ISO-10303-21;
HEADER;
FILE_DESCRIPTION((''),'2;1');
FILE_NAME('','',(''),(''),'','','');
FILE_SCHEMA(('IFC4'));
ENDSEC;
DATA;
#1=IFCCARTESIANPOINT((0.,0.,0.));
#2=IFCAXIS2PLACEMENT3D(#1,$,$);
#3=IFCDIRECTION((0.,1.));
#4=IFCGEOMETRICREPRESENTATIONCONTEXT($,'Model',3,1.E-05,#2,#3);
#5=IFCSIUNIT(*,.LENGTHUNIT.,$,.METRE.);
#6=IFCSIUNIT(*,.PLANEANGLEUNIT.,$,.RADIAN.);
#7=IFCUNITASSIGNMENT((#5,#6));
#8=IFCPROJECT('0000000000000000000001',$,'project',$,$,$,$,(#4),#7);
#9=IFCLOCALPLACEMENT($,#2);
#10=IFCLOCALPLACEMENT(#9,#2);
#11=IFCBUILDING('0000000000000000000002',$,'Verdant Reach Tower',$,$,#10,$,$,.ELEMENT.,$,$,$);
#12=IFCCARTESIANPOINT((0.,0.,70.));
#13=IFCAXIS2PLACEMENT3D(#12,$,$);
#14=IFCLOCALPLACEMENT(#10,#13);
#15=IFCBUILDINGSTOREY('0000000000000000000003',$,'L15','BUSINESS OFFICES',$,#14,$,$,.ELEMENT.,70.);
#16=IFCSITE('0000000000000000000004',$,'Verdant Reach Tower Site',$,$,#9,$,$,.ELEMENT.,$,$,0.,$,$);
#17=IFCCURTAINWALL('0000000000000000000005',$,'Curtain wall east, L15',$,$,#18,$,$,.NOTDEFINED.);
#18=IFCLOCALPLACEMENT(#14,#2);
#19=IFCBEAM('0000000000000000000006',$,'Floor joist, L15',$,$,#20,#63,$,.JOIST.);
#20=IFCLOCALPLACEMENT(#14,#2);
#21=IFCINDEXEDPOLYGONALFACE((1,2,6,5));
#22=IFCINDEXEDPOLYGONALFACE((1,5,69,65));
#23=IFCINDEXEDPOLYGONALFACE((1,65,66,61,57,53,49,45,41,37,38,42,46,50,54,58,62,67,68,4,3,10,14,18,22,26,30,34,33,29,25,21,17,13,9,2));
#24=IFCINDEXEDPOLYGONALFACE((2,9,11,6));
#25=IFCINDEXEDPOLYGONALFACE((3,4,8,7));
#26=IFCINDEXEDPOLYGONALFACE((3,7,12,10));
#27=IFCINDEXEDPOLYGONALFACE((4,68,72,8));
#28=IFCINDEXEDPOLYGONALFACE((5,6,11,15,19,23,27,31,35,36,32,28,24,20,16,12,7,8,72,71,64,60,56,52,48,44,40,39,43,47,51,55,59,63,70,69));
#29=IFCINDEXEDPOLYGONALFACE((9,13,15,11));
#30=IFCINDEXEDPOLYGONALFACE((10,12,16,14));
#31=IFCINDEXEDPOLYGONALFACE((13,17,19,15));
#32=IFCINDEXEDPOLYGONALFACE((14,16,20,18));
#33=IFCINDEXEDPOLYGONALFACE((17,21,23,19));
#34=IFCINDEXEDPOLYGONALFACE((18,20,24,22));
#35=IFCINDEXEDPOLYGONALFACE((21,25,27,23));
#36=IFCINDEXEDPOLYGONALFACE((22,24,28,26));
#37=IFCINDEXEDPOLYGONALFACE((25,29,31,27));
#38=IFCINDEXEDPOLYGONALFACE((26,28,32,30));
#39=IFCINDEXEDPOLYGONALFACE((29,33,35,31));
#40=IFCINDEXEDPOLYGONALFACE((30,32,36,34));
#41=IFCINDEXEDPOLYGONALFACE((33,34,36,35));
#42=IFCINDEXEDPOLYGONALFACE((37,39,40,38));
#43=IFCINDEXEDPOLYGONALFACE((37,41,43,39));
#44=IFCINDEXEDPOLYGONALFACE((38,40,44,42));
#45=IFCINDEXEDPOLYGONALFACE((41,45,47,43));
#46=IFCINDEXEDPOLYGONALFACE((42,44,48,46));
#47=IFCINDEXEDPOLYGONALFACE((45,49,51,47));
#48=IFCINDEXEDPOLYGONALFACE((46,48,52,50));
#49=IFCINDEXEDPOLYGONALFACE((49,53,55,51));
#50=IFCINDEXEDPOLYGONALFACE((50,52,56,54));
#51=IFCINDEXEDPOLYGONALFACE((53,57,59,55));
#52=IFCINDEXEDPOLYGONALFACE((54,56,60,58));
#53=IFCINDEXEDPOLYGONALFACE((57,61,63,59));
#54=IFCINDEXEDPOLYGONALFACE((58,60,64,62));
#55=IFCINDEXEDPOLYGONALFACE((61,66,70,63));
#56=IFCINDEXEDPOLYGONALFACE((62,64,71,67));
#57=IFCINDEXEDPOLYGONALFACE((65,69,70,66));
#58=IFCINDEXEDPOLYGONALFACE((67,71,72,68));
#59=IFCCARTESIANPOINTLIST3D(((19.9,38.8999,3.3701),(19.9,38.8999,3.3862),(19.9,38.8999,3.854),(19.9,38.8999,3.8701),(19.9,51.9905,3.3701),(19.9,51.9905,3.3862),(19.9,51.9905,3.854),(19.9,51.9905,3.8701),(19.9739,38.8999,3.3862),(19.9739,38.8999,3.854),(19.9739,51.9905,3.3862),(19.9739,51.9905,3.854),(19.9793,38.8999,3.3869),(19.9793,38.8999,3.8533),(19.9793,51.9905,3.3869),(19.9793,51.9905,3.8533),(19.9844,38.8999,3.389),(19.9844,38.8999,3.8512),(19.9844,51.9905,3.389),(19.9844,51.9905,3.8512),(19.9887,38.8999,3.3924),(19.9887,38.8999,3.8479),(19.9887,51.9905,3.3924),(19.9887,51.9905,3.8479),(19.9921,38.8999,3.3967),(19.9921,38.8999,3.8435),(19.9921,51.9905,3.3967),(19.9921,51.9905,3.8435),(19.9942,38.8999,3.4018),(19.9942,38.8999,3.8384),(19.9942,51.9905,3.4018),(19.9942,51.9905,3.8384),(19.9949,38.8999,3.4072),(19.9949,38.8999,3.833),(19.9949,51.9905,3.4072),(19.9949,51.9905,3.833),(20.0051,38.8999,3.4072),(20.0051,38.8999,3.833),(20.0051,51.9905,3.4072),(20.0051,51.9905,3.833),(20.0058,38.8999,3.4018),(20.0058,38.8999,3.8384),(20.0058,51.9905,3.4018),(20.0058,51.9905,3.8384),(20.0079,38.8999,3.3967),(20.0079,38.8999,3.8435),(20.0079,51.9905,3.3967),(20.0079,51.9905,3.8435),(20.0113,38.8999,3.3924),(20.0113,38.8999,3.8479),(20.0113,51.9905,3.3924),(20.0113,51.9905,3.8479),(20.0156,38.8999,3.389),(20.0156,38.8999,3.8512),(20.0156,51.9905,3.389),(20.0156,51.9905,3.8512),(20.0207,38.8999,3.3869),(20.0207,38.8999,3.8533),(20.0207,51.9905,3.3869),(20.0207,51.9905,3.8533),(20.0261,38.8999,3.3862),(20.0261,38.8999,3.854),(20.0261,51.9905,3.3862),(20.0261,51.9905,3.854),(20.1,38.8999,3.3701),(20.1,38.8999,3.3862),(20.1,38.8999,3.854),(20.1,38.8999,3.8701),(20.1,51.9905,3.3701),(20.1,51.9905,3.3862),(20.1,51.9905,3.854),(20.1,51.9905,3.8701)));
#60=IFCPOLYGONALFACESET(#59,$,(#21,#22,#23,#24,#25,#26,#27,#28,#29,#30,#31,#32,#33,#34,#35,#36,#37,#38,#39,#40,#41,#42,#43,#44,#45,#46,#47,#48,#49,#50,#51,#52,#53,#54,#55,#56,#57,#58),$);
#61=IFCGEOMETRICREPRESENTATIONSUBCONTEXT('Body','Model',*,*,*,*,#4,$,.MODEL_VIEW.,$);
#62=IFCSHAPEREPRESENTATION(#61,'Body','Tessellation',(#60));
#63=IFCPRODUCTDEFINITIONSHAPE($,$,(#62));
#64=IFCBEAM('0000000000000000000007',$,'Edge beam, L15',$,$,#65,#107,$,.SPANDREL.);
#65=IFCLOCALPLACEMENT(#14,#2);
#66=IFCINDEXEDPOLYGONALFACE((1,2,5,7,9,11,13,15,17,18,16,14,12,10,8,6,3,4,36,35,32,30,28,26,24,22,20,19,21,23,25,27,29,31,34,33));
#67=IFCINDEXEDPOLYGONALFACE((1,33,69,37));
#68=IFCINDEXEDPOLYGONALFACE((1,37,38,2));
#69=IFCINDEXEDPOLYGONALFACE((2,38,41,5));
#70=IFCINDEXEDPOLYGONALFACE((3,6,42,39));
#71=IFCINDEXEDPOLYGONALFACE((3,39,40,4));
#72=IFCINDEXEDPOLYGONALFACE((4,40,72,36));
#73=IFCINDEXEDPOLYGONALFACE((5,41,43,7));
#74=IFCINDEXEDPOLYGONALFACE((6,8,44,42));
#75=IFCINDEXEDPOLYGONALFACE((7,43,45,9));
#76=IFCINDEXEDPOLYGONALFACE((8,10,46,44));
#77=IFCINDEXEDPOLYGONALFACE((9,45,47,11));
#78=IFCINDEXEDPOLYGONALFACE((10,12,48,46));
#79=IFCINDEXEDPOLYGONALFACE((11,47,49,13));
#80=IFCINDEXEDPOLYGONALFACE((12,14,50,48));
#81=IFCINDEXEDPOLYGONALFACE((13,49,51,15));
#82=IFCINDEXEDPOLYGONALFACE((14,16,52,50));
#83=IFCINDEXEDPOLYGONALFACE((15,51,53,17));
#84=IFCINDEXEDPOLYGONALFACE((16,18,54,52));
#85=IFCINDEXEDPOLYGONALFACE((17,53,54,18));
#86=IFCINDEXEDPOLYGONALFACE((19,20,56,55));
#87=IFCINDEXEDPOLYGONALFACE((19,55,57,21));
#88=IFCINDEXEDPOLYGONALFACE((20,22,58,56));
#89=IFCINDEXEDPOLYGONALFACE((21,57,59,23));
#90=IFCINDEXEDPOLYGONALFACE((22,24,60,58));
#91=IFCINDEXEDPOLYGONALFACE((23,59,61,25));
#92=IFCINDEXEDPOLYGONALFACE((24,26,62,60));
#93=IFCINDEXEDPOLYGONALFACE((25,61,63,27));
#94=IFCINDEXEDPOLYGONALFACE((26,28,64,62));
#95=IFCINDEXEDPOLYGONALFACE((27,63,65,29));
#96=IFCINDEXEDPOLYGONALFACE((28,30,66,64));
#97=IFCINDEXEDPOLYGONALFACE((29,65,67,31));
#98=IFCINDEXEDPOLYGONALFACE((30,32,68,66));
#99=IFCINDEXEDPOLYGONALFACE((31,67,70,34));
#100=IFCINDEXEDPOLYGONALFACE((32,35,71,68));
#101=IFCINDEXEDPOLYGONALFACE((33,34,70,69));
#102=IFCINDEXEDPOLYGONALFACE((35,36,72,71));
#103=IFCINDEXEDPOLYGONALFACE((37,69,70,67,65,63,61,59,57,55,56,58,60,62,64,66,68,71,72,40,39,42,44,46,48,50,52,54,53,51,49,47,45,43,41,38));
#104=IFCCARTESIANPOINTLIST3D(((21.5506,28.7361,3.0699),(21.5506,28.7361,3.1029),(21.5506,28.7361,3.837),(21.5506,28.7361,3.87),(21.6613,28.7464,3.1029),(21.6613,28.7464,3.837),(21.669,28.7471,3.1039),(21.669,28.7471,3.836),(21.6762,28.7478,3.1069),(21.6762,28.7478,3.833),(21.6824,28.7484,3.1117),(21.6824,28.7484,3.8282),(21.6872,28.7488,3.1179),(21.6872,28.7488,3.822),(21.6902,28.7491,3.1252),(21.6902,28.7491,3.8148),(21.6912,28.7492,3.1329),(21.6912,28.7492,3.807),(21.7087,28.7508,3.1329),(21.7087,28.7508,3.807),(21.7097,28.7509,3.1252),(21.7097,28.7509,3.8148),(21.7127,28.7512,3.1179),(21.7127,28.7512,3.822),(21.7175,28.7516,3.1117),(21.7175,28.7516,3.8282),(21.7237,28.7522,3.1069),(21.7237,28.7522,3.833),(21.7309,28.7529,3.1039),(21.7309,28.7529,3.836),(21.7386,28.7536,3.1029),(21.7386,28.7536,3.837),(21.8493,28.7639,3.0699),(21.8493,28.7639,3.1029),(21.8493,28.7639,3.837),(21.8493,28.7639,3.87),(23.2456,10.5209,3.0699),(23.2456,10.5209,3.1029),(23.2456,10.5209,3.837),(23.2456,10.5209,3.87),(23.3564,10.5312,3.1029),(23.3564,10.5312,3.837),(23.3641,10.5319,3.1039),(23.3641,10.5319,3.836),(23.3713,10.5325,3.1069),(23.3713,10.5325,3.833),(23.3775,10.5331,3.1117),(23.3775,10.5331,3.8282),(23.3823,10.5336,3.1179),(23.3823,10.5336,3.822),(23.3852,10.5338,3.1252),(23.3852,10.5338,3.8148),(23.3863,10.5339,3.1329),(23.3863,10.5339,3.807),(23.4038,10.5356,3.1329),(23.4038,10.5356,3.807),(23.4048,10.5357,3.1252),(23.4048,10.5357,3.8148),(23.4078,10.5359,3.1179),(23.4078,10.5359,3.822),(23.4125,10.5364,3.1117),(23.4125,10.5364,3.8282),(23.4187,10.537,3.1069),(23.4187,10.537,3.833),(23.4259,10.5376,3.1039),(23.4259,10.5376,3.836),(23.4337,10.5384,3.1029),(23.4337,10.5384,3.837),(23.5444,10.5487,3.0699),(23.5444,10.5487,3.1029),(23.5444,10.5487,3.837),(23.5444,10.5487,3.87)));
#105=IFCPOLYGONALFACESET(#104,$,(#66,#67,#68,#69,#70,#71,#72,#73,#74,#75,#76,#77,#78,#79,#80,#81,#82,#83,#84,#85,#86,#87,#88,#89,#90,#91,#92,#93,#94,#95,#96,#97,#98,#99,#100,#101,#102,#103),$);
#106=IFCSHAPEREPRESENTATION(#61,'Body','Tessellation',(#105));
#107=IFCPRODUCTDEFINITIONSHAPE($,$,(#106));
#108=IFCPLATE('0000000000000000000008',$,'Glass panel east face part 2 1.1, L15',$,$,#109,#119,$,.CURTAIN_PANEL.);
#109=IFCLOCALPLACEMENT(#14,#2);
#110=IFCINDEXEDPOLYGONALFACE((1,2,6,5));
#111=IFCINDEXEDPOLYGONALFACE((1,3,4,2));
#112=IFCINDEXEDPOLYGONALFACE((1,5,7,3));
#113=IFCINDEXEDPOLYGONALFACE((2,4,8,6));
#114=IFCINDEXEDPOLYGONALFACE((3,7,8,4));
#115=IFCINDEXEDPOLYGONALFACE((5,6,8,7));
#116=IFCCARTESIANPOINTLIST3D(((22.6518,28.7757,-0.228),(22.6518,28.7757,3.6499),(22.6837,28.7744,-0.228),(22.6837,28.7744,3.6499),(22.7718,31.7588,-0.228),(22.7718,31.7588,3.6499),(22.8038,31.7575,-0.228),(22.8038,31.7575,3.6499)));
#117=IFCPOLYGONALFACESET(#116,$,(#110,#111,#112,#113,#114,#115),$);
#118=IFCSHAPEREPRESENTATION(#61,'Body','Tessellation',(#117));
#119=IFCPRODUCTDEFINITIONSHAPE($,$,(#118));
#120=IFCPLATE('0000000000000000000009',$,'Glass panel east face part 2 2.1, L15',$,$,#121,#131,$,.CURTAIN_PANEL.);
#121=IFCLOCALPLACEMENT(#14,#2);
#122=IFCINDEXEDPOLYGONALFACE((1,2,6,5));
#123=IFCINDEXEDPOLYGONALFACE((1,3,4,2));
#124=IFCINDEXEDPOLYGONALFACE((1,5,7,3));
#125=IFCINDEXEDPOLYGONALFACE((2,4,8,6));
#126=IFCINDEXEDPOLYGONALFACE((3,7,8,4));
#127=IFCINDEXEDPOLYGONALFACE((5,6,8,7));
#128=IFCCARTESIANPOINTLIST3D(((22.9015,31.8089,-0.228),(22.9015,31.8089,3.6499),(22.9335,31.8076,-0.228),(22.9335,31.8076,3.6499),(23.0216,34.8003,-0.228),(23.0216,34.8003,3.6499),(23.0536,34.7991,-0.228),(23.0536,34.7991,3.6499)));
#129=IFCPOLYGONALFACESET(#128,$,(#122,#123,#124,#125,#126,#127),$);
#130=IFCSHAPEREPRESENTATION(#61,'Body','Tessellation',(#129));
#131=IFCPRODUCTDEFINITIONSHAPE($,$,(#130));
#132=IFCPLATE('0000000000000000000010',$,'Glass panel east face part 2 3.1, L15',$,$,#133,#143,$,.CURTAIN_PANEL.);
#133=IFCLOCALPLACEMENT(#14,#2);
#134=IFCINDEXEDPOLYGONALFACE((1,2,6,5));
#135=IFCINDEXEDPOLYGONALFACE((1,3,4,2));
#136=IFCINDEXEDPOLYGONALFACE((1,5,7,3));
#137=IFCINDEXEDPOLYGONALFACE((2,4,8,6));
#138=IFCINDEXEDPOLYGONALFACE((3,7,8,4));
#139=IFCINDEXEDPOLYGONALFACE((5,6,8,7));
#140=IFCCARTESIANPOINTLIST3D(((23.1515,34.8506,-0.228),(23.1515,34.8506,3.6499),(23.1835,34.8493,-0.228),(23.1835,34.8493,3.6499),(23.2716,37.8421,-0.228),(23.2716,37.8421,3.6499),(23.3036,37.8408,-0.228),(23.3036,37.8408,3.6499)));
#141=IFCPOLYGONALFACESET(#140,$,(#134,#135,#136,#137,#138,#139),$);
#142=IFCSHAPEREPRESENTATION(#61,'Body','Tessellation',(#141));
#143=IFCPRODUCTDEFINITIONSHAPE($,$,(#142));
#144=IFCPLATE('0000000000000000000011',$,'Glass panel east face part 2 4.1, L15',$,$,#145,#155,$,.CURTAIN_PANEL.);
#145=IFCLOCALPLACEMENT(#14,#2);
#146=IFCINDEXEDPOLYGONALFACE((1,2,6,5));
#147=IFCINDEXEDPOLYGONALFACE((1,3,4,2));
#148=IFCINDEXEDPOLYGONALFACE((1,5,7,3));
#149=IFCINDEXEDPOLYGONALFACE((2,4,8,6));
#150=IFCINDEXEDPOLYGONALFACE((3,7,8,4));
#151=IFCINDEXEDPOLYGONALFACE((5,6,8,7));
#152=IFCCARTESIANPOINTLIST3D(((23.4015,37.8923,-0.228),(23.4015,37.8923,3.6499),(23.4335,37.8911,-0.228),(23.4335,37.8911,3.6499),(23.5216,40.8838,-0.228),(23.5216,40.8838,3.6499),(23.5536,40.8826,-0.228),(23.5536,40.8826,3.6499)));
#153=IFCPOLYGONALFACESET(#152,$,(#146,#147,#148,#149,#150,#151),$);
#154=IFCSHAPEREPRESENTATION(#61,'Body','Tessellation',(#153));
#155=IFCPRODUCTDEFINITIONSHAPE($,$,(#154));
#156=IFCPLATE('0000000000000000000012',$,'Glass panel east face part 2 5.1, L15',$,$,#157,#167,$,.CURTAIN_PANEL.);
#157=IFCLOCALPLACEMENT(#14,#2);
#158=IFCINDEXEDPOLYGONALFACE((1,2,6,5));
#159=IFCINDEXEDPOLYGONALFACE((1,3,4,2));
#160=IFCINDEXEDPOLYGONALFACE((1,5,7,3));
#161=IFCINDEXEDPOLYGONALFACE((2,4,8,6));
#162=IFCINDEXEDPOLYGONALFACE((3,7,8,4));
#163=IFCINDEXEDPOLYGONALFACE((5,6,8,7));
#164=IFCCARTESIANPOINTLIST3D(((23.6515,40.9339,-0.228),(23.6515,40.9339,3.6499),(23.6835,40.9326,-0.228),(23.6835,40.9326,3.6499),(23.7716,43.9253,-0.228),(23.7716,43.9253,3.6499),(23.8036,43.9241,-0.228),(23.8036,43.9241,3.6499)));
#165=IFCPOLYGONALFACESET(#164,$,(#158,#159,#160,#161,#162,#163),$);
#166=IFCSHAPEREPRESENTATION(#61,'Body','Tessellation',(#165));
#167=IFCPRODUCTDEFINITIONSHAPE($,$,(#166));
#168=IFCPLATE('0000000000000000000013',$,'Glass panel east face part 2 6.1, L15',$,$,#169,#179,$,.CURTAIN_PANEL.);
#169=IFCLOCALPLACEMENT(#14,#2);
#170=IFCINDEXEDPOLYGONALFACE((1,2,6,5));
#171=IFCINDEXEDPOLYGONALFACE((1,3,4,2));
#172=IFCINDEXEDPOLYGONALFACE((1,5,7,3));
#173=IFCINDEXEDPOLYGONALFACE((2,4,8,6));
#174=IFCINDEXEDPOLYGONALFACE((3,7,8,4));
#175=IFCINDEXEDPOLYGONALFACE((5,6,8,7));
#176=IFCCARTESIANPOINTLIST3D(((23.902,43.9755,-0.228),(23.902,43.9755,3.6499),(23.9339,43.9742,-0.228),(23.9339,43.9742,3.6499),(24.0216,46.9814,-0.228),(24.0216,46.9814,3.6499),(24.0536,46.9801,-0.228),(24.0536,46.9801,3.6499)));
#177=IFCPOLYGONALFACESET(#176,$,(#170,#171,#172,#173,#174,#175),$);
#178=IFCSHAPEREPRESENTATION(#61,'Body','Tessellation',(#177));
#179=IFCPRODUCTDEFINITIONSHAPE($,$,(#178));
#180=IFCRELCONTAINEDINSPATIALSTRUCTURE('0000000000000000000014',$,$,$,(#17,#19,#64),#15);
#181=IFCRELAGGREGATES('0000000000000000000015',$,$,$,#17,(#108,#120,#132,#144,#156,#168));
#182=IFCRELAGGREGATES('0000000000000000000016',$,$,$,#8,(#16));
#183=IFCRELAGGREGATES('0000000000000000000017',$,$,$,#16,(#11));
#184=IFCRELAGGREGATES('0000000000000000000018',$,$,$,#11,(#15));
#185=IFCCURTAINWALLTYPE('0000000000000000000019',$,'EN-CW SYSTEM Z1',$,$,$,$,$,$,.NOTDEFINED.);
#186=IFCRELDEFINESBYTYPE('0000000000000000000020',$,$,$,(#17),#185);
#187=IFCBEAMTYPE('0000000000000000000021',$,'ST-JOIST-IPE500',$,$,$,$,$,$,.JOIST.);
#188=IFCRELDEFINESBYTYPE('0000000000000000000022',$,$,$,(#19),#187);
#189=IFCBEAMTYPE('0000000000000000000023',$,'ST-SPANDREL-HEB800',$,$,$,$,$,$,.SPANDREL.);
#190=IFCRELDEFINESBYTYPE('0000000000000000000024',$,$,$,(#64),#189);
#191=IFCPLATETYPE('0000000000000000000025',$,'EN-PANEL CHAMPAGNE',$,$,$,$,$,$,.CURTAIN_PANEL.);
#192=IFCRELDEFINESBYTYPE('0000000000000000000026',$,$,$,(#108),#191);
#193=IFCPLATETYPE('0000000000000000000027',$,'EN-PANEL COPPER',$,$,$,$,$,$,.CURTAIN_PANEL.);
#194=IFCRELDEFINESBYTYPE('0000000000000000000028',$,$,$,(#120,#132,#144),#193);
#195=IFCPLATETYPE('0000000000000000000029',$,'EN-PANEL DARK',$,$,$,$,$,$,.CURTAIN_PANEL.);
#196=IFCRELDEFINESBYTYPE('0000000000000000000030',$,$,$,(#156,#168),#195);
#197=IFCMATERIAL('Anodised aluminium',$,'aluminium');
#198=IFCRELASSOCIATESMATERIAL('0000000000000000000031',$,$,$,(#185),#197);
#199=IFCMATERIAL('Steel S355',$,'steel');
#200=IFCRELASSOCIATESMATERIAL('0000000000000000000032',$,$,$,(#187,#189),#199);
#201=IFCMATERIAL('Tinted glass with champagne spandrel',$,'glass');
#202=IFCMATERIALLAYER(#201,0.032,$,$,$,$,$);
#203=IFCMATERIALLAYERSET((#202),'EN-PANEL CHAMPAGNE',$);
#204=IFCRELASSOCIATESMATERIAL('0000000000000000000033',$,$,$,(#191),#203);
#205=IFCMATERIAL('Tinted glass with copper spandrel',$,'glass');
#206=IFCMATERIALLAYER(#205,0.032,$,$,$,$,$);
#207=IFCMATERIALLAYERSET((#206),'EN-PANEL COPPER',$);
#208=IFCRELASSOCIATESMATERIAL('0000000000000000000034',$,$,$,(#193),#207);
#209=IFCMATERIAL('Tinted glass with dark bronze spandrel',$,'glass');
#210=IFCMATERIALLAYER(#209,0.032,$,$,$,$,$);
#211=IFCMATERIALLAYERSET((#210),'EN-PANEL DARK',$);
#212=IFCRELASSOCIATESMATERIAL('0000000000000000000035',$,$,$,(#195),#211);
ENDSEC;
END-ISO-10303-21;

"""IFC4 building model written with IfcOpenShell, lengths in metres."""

from ifc_helpers import new_model, si_unit, direction, frame, origin, origin_2d, place, context, subcontext, project, spatial, rectangle, i_section, extrude, material, layer, layer_set, material_profile, profile_set, type_object, element, aggregate, save


model = new_model("IFC4")

# Units and contexts
model_context = context("Model", 3, precision=1e-05, world=origin(), true_north=direction((0.0, 1.0)))
body_context = subcontext(model_context, "Body", "Model", "MODEL_VIEW")
ifc_project = project(units=[si_unit("LENGTHUNIT", "METRE"), si_unit("PLANEANGLEUNIT", "RADIAN")], contexts=[model_context])

# Site, building, storey
site_placement = place(None, origin())
site = spatial("IfcSite", under=ifc_project, at=site_placement, Name="Verdant Reach Tower Site", CompositionType="ELEMENT", RefElevation=0.0)
building_placement = place(site_placement, origin())
building = spatial("IfcBuilding", under=site, at=building_placement, Name="Verdant Reach Tower", CompositionType="ELEMENT")
storey_placement = place(building_placement, frame((0.0, 0.0, 70.0)))
storey = spatial("IfcBuildingStorey", under=building, at=storey_placement, Name="L15", Description="BUSINESS OFFICES", CompositionType="ELEMENT", Elevation=70.0)

# Curtain wall
ifc_material_1 = material(Name="Anodised aluminium", Category="aluminium")
curtain_wall_type = type_object("IfcCurtainWallType", Name="EN-CW SYSTEM Z1", PredefinedType="NOTDEFINED", material=ifc_material_1)
curtain_wall_placement = place(storey_placement, origin())
curtain_wall = element("IfcCurtainWall", 1, at=curtain_wall_placement, inside=storey, type_object=curtain_wall_type, Name="Curtain wall east, L15", PredefinedType="NOTDEFINED")

# Beams
ifc_material_2 = material(Name="Steel S355", Category="steel")
ifc_material_profile_1 = material_profile(ifc_material_2, i_section(OverallWidth=0.2, OverallDepth=0.5, WebThickness=0.0103, FlangeThickness=0.0161, FilletRadius=0.021, at=origin_2d()), Name="IPE 500")
ifc_profile_set_1 = profile_set([ifc_material_profile_1], Name="Steel S355")
beam_type_1 = type_object("IfcBeamType", Name="ST-JOIST-IPE500", PredefinedType="JOIST", material=ifc_profile_set_1)
beam_1_placement = place(storey_placement, frame((20.0, 38.8999, 3.6201), z_axis=(0.0, 1.0, 0.0), x_axis=(-1.0, 0.0, 0.0)))
element("IfcBeam", 2, at=beam_1_placement, inside=storey, type_object=beam_type_1, Name="Floor joist, L15", PredefinedType="JOIST", context=body_context, shape_type="SweptSolid", body=[
    extrude(i_section(OverallWidth=0.2, OverallDepth=0.5, WebThickness=0.0103, FlangeThickness=0.0161, FilletRadius=0.021, at=origin_2d()), origin(), (0.0, 0.0, 1.0), 13.0906),
])
ifc_material_profile_2 = material_profile(ifc_material_2, i_section(OverallWidth=0.3, OverallDepth=0.8, WebThickness=0.0176, FlangeThickness=0.033, FilletRadius=0.03, at=origin_2d()), Name="HEB 800")
ifc_profile_set_2 = profile_set([ifc_material_profile_2], Name="Steel S355")
beam_type_2 = type_object("IfcBeamType", Name="ST-SPANDREL-HEB800", PredefinedType="SPANDREL", material=ifc_profile_set_2)
beam_2_placement = place(storey_placement, frame((21.7, 28.75, 3.47), z_axis=(0.092657, -0.995698, 0.0), x_axis=(0.995698, 0.092657, 0.0)))
element("IfcBeam", 3, at=beam_2_placement, inside=storey, type_object=beam_type_2, Name="Edge beam, L15", PredefinedType="SPANDREL", context=body_context, shape_type="SweptSolid", body=[
    extrude(i_section(OverallWidth=0.3, OverallDepth=0.8, WebThickness=0.0176, FlangeThickness=0.033, FilletRadius=0.03, at=origin_2d()), origin(), (0.0, 0.0, 1.0), 18.2939),
])

# Plates
ifc_material_3 = material(Name="Tinted glass with champagne spandrel", Category="glass")
ifc_layer_1 = layer(ifc_material_3, 0.032)
ifc_layer_set_1 = layer_set([ifc_layer_1], Name="EN-PANEL CHAMPAGNE")
plate_type_1 = type_object("IfcPlateType", Name="EN-PANEL CHAMPAGNE", PredefinedType="CURTAIN_PANEL", material=ifc_layer_set_1)
plate_1_placement = place(storey_placement, frame((22.7278, 30.2666, -0.228), z_axis=(0.0, 0.0, 1.0), x_axis=(0.040222, 0.999191, 0.0)))
plate_1 = element("IfcPlate", 4, at=plate_1_placement, type_object=plate_type_1, Name="Glass panel east face part 2 1.1, L15", PredefinedType="CURTAIN_PANEL", context=body_context, shape_type="SweptSolid", body=[
    extrude(rectangle(XDim=2.9856, YDim=0.032, at=origin_2d()), origin(), (0.0, 0.0, 1.0), 3.8779),
])
ifc_material_4 = material(Name="Tinted glass with copper spandrel", Category="glass")
ifc_layer_2 = layer(ifc_material_4, 0.032)
ifc_layer_set_2 = layer_set([ifc_layer_2], Name="EN-PANEL COPPER")
plate_type_2 = type_object("IfcPlateType", Name="EN-PANEL COPPER", PredefinedType="CURTAIN_PANEL", material=ifc_layer_set_2)
plate_2_placement = place(storey_placement, frame((22.9775, 33.304, -0.228), z_axis=(0.0, 0.0, 1.0), x_axis=(0.040109, 0.999195, 0.0)))
plate_2 = element("IfcPlate", 5, at=plate_2_placement, type_object=plate_type_2, Name="Glass panel east face part 2 2.1, L15", PredefinedType="CURTAIN_PANEL", context=body_context, shape_type="SweptSolid", body=[
    extrude(rectangle(XDim=2.9939, YDim=0.032, at=origin_2d()), origin(), (0.0, 0.0, 1.0), 3.8779),
])
plate_3_placement = place(storey_placement, frame((23.2275, 36.3457, -0.228), z_axis=(0.0, 0.0, 1.0), x_axis=(0.040109, 0.999195, 0.0)))
plate_3 = element("IfcPlate", 6, at=plate_3_placement, type_object=plate_type_2, Name="Glass panel east face part 2 3.1, L15", PredefinedType="CURTAIN_PANEL", context=body_context, shape_type="SweptSolid", body=[
    extrude(rectangle(XDim=2.9939, YDim=0.032, at=origin_2d()), origin(), (0.0, 0.0, 1.0), 3.8779),
])
plate_4_placement = place(storey_placement, frame((23.4775, 39.3875, -0.228), z_axis=(0.0, 0.0, 1.0), x_axis=(0.040109, 0.999195, 0.0)))
plate_4 = element("IfcPlate", 7, at=plate_4_placement, type_object=plate_type_2, Name="Glass panel east face part 2 4.1, L15", PredefinedType="CURTAIN_PANEL", context=body_context, shape_type="SweptSolid", body=[
    extrude(rectangle(XDim=2.9939, YDim=0.032, at=origin_2d()), origin(), (0.0, 0.0, 1.0), 3.8779),
])
ifc_material_5 = material(Name="Tinted glass with dark bronze spandrel", Category="glass")
ifc_layer_3 = layer(ifc_material_5, 0.032)
ifc_layer_set_3 = layer_set([ifc_layer_3], Name="EN-PANEL DARK")
plate_type_3 = type_object("IfcPlateType", Name="EN-PANEL DARK", PredefinedType="CURTAIN_PANEL", material=ifc_layer_set_3)
plate_5_placement = place(storey_placement, frame((23.7275, 42.429, -0.228), z_axis=(0.0, 0.0, 1.0), x_axis=(0.040109, 0.999195, 0.0)))
plate_5 = element("IfcPlate", 8, at=plate_5_placement, type_object=plate_type_3, Name="Glass panel east face part 2 5.1, L15", PredefinedType="CURTAIN_PANEL", context=body_context, shape_type="SweptSolid", body=[
    extrude(rectangle(XDim=2.9939, YDim=0.032, at=origin_2d()), origin(), (0.0, 0.0, 1.0), 3.8779),
])
plate_6_placement = place(storey_placement, frame((23.9778, 45.4778, -0.228), z_axis=(0.0, 0.0, 1.0), x_axis=(0.039784, 0.999208, 0.0)))
plate_6 = element("IfcPlate", 9, at=plate_6_placement, type_object=plate_type_3, Name="Glass panel east face part 2 6.1, L15", PredefinedType="CURTAIN_PANEL", context=body_context, shape_type="SweptSolid", body=[
    extrude(rectangle(XDim=3.0083, YDim=0.032, at=origin_2d()), origin(), (0.0, 0.0, 1.0), 3.8779),
])
aggregate(curtain_wall, [plate_1, plate_2, plate_3, plate_4, plate_5, plate_6])

save(model, "model.ifc")
